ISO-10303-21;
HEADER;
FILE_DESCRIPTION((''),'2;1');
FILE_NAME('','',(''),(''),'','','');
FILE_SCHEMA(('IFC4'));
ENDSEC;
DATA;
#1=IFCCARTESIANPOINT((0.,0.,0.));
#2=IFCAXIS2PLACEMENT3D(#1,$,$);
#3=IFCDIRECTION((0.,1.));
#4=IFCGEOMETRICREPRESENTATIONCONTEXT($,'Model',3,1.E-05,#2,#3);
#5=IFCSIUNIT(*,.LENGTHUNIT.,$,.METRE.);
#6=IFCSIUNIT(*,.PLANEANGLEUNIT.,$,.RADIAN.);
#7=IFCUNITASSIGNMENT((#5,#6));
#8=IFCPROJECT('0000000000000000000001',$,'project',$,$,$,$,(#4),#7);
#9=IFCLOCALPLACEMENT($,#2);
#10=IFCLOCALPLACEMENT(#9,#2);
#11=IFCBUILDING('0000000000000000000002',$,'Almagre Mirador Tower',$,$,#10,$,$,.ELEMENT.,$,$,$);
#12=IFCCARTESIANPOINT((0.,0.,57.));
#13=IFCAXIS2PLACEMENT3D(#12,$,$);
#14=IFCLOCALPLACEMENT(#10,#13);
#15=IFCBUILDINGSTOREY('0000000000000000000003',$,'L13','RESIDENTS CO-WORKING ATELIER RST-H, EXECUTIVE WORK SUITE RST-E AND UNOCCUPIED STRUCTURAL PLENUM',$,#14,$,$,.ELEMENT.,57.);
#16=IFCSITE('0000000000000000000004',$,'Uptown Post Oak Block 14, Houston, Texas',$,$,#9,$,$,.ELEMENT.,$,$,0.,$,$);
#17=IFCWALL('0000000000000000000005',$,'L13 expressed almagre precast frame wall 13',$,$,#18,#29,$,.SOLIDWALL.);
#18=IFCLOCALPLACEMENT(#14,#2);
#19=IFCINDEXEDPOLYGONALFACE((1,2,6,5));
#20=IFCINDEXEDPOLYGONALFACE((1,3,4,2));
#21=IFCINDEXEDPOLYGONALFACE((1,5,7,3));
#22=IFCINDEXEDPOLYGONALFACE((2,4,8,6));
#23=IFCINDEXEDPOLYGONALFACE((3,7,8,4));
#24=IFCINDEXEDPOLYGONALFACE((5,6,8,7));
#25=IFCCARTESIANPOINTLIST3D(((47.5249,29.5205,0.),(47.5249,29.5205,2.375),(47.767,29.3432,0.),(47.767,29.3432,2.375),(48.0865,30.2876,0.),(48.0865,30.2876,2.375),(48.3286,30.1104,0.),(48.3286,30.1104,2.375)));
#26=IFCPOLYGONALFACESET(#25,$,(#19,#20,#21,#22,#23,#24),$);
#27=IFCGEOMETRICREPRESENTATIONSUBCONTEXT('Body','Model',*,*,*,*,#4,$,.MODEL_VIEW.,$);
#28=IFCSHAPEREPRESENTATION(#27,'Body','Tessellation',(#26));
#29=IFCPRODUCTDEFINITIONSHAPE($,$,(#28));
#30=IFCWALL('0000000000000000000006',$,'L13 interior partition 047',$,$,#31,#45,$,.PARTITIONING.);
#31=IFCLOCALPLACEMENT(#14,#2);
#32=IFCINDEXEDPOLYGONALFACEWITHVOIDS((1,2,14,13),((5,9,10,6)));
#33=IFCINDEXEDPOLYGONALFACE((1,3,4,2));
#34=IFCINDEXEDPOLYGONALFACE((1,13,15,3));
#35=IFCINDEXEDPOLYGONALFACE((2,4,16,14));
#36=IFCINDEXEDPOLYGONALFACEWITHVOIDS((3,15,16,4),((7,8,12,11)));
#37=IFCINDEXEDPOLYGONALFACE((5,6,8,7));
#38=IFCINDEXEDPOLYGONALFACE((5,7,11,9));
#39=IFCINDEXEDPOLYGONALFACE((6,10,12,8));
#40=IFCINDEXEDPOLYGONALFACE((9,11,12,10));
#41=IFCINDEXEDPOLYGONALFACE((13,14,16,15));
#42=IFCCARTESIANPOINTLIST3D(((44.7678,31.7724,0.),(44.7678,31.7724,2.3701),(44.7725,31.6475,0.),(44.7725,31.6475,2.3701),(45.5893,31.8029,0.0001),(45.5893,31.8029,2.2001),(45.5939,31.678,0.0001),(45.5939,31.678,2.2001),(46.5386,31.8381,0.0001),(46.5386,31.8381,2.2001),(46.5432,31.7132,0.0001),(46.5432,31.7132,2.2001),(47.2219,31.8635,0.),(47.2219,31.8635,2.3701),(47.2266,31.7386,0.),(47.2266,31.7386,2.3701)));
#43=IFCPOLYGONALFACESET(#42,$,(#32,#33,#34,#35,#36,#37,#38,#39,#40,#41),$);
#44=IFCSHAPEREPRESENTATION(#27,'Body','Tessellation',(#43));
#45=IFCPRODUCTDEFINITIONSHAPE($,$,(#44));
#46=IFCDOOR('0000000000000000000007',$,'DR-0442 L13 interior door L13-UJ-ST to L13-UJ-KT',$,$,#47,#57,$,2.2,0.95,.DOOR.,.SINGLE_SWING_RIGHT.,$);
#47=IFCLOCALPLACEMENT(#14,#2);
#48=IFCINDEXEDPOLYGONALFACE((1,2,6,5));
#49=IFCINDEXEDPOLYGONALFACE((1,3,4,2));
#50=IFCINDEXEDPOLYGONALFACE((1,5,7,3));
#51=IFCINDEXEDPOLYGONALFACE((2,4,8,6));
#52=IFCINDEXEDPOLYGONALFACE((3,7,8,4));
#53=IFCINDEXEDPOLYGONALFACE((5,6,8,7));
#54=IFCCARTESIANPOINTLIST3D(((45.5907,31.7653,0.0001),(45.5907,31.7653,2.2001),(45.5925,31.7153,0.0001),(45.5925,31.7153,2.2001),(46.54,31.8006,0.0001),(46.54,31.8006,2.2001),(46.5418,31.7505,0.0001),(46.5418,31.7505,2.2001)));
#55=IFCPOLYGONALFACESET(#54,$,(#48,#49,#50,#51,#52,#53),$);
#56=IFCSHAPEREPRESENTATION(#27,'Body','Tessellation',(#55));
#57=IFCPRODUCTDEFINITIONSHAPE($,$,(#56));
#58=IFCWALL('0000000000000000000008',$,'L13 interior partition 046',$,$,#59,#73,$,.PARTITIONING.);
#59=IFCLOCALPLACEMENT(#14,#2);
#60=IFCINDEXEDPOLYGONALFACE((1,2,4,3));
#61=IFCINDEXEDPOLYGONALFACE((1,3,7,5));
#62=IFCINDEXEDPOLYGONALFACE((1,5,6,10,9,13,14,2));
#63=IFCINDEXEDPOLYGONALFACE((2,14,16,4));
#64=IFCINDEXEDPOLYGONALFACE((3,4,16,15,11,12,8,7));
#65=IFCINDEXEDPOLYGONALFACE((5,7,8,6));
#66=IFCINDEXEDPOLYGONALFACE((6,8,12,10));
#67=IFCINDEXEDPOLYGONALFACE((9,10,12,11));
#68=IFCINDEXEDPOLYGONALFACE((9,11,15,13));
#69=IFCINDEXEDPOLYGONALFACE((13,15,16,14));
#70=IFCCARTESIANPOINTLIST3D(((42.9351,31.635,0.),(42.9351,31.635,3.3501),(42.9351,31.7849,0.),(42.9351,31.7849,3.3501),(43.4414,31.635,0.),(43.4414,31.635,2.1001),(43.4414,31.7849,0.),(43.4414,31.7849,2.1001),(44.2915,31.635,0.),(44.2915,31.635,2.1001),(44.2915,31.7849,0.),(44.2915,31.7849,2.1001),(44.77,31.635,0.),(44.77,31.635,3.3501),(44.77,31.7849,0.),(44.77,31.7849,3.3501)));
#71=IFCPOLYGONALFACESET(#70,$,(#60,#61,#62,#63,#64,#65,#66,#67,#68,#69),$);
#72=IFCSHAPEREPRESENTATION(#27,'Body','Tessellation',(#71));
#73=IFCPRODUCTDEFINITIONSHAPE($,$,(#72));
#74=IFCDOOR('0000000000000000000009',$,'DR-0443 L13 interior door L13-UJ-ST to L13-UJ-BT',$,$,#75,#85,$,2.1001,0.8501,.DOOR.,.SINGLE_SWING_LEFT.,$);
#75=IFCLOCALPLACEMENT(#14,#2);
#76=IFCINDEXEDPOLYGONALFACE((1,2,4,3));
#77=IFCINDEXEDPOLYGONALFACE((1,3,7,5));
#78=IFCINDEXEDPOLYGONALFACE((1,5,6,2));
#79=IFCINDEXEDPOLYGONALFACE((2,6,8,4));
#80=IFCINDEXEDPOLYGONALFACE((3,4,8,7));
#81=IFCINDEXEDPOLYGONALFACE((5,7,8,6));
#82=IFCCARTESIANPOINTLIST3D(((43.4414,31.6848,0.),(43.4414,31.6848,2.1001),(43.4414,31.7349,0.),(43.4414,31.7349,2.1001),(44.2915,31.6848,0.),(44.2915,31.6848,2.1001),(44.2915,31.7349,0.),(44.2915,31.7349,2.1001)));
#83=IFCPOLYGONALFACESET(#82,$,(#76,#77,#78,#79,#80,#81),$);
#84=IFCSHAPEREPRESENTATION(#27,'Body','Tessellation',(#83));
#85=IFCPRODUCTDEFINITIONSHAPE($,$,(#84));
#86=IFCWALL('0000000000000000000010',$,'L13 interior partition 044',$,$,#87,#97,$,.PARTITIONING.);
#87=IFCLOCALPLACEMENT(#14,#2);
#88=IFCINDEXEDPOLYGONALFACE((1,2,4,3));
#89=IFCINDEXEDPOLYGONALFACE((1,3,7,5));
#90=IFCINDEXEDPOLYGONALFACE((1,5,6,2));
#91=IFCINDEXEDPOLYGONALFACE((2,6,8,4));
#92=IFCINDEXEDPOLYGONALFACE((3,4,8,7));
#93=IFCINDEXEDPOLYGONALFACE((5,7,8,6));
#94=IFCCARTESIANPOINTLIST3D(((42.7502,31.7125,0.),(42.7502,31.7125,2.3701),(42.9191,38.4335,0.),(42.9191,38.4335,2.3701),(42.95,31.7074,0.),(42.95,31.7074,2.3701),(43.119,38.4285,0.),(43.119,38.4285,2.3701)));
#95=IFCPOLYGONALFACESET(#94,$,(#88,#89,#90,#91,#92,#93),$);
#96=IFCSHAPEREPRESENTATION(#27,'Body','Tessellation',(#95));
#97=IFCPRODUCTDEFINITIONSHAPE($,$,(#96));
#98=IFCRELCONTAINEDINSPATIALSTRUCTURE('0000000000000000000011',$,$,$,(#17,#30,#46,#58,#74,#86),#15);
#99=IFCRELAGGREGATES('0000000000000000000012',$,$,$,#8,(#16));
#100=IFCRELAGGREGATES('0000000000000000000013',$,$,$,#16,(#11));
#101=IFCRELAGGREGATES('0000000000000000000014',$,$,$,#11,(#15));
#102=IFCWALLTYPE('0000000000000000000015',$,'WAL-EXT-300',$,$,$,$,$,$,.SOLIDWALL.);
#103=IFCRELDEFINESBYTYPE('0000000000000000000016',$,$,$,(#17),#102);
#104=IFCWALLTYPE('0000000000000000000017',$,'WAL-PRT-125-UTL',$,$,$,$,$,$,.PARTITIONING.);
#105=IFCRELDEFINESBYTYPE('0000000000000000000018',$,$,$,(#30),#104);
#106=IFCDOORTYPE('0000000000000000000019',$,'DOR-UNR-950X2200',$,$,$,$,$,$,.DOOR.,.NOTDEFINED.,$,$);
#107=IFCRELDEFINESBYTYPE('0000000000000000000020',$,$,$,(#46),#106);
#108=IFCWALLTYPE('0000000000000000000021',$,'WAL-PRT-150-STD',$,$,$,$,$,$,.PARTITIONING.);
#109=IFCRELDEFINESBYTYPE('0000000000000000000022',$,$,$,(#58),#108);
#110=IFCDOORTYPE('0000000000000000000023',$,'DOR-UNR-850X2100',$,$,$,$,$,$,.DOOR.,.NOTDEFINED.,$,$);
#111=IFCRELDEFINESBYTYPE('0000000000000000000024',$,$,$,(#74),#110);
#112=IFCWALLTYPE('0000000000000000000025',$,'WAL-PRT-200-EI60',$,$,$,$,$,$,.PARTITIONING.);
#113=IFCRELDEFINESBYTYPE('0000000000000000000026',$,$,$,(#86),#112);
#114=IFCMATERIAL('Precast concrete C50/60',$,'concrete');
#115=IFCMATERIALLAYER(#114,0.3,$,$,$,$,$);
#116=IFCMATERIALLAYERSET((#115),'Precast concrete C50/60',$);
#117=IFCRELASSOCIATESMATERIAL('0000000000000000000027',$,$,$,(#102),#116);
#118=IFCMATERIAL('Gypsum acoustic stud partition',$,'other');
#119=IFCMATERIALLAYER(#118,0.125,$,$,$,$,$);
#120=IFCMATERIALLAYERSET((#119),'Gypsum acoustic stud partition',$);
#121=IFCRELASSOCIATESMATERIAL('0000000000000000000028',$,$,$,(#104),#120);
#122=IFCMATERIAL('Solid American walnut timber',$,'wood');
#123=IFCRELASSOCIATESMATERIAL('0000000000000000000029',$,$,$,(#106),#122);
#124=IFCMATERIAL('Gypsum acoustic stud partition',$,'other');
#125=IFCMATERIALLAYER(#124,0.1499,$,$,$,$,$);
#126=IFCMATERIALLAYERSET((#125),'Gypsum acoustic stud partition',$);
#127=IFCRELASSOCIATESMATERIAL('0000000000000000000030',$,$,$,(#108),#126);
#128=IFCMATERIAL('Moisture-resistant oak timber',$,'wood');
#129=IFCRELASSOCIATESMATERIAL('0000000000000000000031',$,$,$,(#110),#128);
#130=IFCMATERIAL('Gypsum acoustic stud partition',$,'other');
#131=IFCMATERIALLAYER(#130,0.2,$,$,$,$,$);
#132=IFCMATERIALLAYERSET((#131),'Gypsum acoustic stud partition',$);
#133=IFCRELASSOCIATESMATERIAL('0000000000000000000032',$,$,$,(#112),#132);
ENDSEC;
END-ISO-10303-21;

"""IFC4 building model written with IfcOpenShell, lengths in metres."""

from ifc_helpers import new_model, si_unit, direction, frame, frame_2d, origin, place, context, subcontext, project, spatial, rectangle, extrude, material, layer, layer_set, type_object, element, fill, save


model = new_model("IFC4")

# Units and contexts
model_context = context("Model", 3, precision=1e-05, world=origin(), true_north=direction((0.0, 1.0)))
body_context = subcontext(model_context, "Body", "Model", "MODEL_VIEW")
ifc_project = project(units=[si_unit("LENGTHUNIT", "METRE"), si_unit("PLANEANGLEUNIT", "RADIAN")], contexts=[model_context])

# Site, building, storey
site_placement = place(None, origin())
site = spatial("IfcSite", under=ifc_project, at=site_placement, Name="Uptown Post Oak Block 14, Houston, Texas", CompositionType="ELEMENT", RefElevation=0.0)
building_placement = place(site_placement, origin())
building = spatial("IfcBuilding", under=site, at=building_placement, Name="Almagre Mirador Tower", CompositionType="ELEMENT")
storey_placement = place(building_placement, frame((0.0, 0.0, 57.0)))
storey = spatial("IfcBuildingStorey", under=building, at=storey_placement, Name="L13", Description="RESIDENTS CO-WORKING ATELIER RST-H, EXECUTIVE WORK SUITE RST-E AND UNOCCUPIED STRUCTURAL PLENUM", CompositionType="ELEMENT", Elevation=57.0)

# Shared definitions
ifc_material_1 = material(Name="Precast concrete C50/60", Category="concrete")
ifc_layer_1 = layer(ifc_material_1, 0.3)
ifc_layer_set_1 = layer_set([ifc_layer_1], Name="Precast concrete C50/60")
wall_type_1 = type_object("IfcWallType", Name="WAL-EXT-300", PredefinedType="SOLIDWALL", material=ifc_layer_set_1)

# Wall
wall_1_placement = place(storey_placement, frame((48.2075, 30.199, 0.0), z_axis=(0.0, 0.0, 1.0), x_axis=(-0.590673, -0.806911, 0.0)))
element("IfcWall", 1, at=wall_1_placement, inside=storey, type_object=wall_type_1, Name="L13 expressed almagre precast frame wall 13", PredefinedType="SOLIDWALL", context=body_context, shape_type="SweptSolid", body=[
    extrude(rectangle(XDim=0.9507, YDim=0.3, at=frame_2d((0.4753, 0.0))), origin(), (0.0, 0.0, 1.0), 2.375),
])

# Walls, openings, doors
ifc_material_2 = material(Name="Gypsum acoustic stud partition", Category="other")
ifc_layer_2 = layer(ifc_material_2, 0.125)
ifc_layer_set_2 = layer_set([ifc_layer_2], Name="Gypsum acoustic stud partition")
wall_type_2 = type_object("IfcWallType", Name="WAL-PRT-125-UTL", PredefinedType="PARTITIONING", material=ifc_layer_set_2)
wall_2_placement = place(storey_placement, frame((44.77, 31.71, 0.0), z_axis=(0.0, 0.0, 1.0), x_axis=(0.999312, 0.037082, 0.0)))
wall_2 = element("IfcWall", 2, at=wall_2_placement, inside=storey, type_object=wall_type_2, Name="L13 interior partition 047", PredefinedType="PARTITIONING", context=body_context, shape_type="SweptSolid", body=[
    extrude(rectangle(XDim=2.4558, YDim=0.125, at=frame_2d((1.228, 0.0))), origin(), (0.0, 0.0, 1.0), 2.3701),
])
opening_1_placement = place(wall_2_placement, frame((0.822, 0.0, 0.0)))
opening_1 = element("IfcOpeningElement", 3, at=opening_1_placement, cuts=wall_2, PredefinedType="OPENING", context=body_context, shape_type="SweptSolid", body=[
    extrude(rectangle(XDim=0.95, YDim=2.2, at=frame_2d((0.4751, 1.1001))), frame((0.0, 0.0725, 0.0), z_axis=(0.0, -1.0, 0.0), x_axis=(1.0, 0.0, 0.0)), (0.0, 0.0, 1.0), 0.145),
])
ifc_material_3 = material(Name="Solid American walnut timber", Category="wood")
door_type_1 = type_object("IfcDoorType", Name="DOR-UNR-950X2200", OperationType="NOTDEFINED", PredefinedType="DOOR", material=ifc_material_3)
door_1_placement = place(opening_1_placement, origin())
door_1 = element("IfcDoor", 4, at=door_1_placement, inside=storey, type_object=door_type_1, Name="DR-0442 L13 interior door L13-UJ-ST to L13-UJ-KT", OperationType="SINGLE_SWING_RIGHT", OverallHeight=2.2, OverallWidth=0.95, PredefinedType="DOOR", context=body_context, shape_type="SweptSolid", body=[
    extrude(rectangle(XDim=0.95, YDim=2.2, at=frame_2d((0.4751, 1.1001))), frame((0.0, 0.0249, 0.0), z_axis=(0.0, -1.0, 0.0), x_axis=(1.0, 0.0, 0.0)), (0.0, 0.0, 1.0), 0.05),
])
fill(opening_1, door_1)
ifc_material_4 = material(Name="Gypsum acoustic stud partition", Category="other")
ifc_layer_3 = layer(ifc_material_4, 0.1499)
ifc_layer_set_3 = layer_set([ifc_layer_3], Name="Gypsum acoustic stud partition")
wall_type_3 = type_object("IfcWallType", Name="WAL-PRT-150-STD", PredefinedType="PARTITIONING", material=ifc_layer_set_3)
wall_3_placement = place(storey_placement, frame((42.9351, 31.71, 0.0), z_axis=(0.0, 0.0, 1.0), x_axis=(1.0, 0.0, 0.0)))
wall_3 = element("IfcWall", 5, at=wall_3_placement, inside=storey, type_object=wall_type_3, Name="L13 interior partition 046", PredefinedType="PARTITIONING", context=body_context, shape_type="SweptSolid", body=[
    extrude(rectangle(XDim=1.835, YDim=0.1499, at=frame_2d((0.9175, 0.0))), origin(), (0.0, 0.0, 1.0), 3.3501),
])
opening_2_placement = place(wall_3_placement, frame((0.5063, 0.0, 0.0)))
opening_2 = element("IfcOpeningElement", 6, at=opening_2_placement, cuts=wall_3, PredefinedType="OPENING", context=body_context, shape_type="SweptSolid", body=[
    extrude(rectangle(XDim=0.8501, YDim=2.1001, at=frame_2d((0.425, 1.05))), frame((0.0, 0.085, 0.0), z_axis=(0.0, -1.0, 0.0), x_axis=(1.0, 0.0, 0.0)), (0.0, 0.0, 1.0), 0.1699),
])
ifc_material_5 = material(Name="Moisture-resistant oak timber", Category="wood")
door_type_2 = type_object("IfcDoorType", Name="DOR-UNR-850X2100", OperationType="NOTDEFINED", PredefinedType="DOOR", material=ifc_material_5)
door_2_placement = place(opening_2_placement, origin())
door_2 = element("IfcDoor", 7, at=door_2_placement, inside=storey, type_object=door_type_2, Name="DR-0443 L13 interior door L13-UJ-ST to L13-UJ-BT", OperationType="SINGLE_SWING_LEFT", OverallHeight=2.1001, OverallWidth=0.8501, PredefinedType="DOOR", context=body_context, shape_type="SweptSolid", body=[
    extrude(rectangle(XDim=0.8501, YDim=2.1001, at=frame_2d((0.425, 1.05))), frame((0.0, 0.0249, 0.0), z_axis=(0.0, -1.0, 0.0), x_axis=(1.0, 0.0, 0.0)), (0.0, 0.0, 1.0), 0.05),
])
fill(opening_2, door_2)

# Wall
ifc_material_6 = material(Name="Gypsum acoustic stud partition", Category="other")
ifc_layer_4 = layer(ifc_material_6, 0.2)
ifc_layer_set_4 = layer_set([ifc_layer_4], Name="Gypsum acoustic stud partition")
wall_type_4 = type_object("IfcWallType", Name="WAL-PRT-200-EI60", PredefinedType="PARTITIONING", material=ifc_layer_set_4)
wall_4_placement = place(storey_placement, frame((42.8501, 31.71, 0.0), z_axis=(0.0, 0.0, 1.0), x_axis=(0.025129, 0.999684, 0.0)))
element("IfcWall", 8, at=wall_4_placement, inside=storey, type_object=wall_type_4, Name="L13 interior partition 044", PredefinedType="PARTITIONING", context=body_context, shape_type="SweptSolid", body=[
    extrude(rectangle(XDim=6.7231, YDim=0.2, at=frame_2d((3.3616, 0.0))), origin(), (0.0, 0.0, 1.0), 2.3701),
])

save(model, "model.ifc")
